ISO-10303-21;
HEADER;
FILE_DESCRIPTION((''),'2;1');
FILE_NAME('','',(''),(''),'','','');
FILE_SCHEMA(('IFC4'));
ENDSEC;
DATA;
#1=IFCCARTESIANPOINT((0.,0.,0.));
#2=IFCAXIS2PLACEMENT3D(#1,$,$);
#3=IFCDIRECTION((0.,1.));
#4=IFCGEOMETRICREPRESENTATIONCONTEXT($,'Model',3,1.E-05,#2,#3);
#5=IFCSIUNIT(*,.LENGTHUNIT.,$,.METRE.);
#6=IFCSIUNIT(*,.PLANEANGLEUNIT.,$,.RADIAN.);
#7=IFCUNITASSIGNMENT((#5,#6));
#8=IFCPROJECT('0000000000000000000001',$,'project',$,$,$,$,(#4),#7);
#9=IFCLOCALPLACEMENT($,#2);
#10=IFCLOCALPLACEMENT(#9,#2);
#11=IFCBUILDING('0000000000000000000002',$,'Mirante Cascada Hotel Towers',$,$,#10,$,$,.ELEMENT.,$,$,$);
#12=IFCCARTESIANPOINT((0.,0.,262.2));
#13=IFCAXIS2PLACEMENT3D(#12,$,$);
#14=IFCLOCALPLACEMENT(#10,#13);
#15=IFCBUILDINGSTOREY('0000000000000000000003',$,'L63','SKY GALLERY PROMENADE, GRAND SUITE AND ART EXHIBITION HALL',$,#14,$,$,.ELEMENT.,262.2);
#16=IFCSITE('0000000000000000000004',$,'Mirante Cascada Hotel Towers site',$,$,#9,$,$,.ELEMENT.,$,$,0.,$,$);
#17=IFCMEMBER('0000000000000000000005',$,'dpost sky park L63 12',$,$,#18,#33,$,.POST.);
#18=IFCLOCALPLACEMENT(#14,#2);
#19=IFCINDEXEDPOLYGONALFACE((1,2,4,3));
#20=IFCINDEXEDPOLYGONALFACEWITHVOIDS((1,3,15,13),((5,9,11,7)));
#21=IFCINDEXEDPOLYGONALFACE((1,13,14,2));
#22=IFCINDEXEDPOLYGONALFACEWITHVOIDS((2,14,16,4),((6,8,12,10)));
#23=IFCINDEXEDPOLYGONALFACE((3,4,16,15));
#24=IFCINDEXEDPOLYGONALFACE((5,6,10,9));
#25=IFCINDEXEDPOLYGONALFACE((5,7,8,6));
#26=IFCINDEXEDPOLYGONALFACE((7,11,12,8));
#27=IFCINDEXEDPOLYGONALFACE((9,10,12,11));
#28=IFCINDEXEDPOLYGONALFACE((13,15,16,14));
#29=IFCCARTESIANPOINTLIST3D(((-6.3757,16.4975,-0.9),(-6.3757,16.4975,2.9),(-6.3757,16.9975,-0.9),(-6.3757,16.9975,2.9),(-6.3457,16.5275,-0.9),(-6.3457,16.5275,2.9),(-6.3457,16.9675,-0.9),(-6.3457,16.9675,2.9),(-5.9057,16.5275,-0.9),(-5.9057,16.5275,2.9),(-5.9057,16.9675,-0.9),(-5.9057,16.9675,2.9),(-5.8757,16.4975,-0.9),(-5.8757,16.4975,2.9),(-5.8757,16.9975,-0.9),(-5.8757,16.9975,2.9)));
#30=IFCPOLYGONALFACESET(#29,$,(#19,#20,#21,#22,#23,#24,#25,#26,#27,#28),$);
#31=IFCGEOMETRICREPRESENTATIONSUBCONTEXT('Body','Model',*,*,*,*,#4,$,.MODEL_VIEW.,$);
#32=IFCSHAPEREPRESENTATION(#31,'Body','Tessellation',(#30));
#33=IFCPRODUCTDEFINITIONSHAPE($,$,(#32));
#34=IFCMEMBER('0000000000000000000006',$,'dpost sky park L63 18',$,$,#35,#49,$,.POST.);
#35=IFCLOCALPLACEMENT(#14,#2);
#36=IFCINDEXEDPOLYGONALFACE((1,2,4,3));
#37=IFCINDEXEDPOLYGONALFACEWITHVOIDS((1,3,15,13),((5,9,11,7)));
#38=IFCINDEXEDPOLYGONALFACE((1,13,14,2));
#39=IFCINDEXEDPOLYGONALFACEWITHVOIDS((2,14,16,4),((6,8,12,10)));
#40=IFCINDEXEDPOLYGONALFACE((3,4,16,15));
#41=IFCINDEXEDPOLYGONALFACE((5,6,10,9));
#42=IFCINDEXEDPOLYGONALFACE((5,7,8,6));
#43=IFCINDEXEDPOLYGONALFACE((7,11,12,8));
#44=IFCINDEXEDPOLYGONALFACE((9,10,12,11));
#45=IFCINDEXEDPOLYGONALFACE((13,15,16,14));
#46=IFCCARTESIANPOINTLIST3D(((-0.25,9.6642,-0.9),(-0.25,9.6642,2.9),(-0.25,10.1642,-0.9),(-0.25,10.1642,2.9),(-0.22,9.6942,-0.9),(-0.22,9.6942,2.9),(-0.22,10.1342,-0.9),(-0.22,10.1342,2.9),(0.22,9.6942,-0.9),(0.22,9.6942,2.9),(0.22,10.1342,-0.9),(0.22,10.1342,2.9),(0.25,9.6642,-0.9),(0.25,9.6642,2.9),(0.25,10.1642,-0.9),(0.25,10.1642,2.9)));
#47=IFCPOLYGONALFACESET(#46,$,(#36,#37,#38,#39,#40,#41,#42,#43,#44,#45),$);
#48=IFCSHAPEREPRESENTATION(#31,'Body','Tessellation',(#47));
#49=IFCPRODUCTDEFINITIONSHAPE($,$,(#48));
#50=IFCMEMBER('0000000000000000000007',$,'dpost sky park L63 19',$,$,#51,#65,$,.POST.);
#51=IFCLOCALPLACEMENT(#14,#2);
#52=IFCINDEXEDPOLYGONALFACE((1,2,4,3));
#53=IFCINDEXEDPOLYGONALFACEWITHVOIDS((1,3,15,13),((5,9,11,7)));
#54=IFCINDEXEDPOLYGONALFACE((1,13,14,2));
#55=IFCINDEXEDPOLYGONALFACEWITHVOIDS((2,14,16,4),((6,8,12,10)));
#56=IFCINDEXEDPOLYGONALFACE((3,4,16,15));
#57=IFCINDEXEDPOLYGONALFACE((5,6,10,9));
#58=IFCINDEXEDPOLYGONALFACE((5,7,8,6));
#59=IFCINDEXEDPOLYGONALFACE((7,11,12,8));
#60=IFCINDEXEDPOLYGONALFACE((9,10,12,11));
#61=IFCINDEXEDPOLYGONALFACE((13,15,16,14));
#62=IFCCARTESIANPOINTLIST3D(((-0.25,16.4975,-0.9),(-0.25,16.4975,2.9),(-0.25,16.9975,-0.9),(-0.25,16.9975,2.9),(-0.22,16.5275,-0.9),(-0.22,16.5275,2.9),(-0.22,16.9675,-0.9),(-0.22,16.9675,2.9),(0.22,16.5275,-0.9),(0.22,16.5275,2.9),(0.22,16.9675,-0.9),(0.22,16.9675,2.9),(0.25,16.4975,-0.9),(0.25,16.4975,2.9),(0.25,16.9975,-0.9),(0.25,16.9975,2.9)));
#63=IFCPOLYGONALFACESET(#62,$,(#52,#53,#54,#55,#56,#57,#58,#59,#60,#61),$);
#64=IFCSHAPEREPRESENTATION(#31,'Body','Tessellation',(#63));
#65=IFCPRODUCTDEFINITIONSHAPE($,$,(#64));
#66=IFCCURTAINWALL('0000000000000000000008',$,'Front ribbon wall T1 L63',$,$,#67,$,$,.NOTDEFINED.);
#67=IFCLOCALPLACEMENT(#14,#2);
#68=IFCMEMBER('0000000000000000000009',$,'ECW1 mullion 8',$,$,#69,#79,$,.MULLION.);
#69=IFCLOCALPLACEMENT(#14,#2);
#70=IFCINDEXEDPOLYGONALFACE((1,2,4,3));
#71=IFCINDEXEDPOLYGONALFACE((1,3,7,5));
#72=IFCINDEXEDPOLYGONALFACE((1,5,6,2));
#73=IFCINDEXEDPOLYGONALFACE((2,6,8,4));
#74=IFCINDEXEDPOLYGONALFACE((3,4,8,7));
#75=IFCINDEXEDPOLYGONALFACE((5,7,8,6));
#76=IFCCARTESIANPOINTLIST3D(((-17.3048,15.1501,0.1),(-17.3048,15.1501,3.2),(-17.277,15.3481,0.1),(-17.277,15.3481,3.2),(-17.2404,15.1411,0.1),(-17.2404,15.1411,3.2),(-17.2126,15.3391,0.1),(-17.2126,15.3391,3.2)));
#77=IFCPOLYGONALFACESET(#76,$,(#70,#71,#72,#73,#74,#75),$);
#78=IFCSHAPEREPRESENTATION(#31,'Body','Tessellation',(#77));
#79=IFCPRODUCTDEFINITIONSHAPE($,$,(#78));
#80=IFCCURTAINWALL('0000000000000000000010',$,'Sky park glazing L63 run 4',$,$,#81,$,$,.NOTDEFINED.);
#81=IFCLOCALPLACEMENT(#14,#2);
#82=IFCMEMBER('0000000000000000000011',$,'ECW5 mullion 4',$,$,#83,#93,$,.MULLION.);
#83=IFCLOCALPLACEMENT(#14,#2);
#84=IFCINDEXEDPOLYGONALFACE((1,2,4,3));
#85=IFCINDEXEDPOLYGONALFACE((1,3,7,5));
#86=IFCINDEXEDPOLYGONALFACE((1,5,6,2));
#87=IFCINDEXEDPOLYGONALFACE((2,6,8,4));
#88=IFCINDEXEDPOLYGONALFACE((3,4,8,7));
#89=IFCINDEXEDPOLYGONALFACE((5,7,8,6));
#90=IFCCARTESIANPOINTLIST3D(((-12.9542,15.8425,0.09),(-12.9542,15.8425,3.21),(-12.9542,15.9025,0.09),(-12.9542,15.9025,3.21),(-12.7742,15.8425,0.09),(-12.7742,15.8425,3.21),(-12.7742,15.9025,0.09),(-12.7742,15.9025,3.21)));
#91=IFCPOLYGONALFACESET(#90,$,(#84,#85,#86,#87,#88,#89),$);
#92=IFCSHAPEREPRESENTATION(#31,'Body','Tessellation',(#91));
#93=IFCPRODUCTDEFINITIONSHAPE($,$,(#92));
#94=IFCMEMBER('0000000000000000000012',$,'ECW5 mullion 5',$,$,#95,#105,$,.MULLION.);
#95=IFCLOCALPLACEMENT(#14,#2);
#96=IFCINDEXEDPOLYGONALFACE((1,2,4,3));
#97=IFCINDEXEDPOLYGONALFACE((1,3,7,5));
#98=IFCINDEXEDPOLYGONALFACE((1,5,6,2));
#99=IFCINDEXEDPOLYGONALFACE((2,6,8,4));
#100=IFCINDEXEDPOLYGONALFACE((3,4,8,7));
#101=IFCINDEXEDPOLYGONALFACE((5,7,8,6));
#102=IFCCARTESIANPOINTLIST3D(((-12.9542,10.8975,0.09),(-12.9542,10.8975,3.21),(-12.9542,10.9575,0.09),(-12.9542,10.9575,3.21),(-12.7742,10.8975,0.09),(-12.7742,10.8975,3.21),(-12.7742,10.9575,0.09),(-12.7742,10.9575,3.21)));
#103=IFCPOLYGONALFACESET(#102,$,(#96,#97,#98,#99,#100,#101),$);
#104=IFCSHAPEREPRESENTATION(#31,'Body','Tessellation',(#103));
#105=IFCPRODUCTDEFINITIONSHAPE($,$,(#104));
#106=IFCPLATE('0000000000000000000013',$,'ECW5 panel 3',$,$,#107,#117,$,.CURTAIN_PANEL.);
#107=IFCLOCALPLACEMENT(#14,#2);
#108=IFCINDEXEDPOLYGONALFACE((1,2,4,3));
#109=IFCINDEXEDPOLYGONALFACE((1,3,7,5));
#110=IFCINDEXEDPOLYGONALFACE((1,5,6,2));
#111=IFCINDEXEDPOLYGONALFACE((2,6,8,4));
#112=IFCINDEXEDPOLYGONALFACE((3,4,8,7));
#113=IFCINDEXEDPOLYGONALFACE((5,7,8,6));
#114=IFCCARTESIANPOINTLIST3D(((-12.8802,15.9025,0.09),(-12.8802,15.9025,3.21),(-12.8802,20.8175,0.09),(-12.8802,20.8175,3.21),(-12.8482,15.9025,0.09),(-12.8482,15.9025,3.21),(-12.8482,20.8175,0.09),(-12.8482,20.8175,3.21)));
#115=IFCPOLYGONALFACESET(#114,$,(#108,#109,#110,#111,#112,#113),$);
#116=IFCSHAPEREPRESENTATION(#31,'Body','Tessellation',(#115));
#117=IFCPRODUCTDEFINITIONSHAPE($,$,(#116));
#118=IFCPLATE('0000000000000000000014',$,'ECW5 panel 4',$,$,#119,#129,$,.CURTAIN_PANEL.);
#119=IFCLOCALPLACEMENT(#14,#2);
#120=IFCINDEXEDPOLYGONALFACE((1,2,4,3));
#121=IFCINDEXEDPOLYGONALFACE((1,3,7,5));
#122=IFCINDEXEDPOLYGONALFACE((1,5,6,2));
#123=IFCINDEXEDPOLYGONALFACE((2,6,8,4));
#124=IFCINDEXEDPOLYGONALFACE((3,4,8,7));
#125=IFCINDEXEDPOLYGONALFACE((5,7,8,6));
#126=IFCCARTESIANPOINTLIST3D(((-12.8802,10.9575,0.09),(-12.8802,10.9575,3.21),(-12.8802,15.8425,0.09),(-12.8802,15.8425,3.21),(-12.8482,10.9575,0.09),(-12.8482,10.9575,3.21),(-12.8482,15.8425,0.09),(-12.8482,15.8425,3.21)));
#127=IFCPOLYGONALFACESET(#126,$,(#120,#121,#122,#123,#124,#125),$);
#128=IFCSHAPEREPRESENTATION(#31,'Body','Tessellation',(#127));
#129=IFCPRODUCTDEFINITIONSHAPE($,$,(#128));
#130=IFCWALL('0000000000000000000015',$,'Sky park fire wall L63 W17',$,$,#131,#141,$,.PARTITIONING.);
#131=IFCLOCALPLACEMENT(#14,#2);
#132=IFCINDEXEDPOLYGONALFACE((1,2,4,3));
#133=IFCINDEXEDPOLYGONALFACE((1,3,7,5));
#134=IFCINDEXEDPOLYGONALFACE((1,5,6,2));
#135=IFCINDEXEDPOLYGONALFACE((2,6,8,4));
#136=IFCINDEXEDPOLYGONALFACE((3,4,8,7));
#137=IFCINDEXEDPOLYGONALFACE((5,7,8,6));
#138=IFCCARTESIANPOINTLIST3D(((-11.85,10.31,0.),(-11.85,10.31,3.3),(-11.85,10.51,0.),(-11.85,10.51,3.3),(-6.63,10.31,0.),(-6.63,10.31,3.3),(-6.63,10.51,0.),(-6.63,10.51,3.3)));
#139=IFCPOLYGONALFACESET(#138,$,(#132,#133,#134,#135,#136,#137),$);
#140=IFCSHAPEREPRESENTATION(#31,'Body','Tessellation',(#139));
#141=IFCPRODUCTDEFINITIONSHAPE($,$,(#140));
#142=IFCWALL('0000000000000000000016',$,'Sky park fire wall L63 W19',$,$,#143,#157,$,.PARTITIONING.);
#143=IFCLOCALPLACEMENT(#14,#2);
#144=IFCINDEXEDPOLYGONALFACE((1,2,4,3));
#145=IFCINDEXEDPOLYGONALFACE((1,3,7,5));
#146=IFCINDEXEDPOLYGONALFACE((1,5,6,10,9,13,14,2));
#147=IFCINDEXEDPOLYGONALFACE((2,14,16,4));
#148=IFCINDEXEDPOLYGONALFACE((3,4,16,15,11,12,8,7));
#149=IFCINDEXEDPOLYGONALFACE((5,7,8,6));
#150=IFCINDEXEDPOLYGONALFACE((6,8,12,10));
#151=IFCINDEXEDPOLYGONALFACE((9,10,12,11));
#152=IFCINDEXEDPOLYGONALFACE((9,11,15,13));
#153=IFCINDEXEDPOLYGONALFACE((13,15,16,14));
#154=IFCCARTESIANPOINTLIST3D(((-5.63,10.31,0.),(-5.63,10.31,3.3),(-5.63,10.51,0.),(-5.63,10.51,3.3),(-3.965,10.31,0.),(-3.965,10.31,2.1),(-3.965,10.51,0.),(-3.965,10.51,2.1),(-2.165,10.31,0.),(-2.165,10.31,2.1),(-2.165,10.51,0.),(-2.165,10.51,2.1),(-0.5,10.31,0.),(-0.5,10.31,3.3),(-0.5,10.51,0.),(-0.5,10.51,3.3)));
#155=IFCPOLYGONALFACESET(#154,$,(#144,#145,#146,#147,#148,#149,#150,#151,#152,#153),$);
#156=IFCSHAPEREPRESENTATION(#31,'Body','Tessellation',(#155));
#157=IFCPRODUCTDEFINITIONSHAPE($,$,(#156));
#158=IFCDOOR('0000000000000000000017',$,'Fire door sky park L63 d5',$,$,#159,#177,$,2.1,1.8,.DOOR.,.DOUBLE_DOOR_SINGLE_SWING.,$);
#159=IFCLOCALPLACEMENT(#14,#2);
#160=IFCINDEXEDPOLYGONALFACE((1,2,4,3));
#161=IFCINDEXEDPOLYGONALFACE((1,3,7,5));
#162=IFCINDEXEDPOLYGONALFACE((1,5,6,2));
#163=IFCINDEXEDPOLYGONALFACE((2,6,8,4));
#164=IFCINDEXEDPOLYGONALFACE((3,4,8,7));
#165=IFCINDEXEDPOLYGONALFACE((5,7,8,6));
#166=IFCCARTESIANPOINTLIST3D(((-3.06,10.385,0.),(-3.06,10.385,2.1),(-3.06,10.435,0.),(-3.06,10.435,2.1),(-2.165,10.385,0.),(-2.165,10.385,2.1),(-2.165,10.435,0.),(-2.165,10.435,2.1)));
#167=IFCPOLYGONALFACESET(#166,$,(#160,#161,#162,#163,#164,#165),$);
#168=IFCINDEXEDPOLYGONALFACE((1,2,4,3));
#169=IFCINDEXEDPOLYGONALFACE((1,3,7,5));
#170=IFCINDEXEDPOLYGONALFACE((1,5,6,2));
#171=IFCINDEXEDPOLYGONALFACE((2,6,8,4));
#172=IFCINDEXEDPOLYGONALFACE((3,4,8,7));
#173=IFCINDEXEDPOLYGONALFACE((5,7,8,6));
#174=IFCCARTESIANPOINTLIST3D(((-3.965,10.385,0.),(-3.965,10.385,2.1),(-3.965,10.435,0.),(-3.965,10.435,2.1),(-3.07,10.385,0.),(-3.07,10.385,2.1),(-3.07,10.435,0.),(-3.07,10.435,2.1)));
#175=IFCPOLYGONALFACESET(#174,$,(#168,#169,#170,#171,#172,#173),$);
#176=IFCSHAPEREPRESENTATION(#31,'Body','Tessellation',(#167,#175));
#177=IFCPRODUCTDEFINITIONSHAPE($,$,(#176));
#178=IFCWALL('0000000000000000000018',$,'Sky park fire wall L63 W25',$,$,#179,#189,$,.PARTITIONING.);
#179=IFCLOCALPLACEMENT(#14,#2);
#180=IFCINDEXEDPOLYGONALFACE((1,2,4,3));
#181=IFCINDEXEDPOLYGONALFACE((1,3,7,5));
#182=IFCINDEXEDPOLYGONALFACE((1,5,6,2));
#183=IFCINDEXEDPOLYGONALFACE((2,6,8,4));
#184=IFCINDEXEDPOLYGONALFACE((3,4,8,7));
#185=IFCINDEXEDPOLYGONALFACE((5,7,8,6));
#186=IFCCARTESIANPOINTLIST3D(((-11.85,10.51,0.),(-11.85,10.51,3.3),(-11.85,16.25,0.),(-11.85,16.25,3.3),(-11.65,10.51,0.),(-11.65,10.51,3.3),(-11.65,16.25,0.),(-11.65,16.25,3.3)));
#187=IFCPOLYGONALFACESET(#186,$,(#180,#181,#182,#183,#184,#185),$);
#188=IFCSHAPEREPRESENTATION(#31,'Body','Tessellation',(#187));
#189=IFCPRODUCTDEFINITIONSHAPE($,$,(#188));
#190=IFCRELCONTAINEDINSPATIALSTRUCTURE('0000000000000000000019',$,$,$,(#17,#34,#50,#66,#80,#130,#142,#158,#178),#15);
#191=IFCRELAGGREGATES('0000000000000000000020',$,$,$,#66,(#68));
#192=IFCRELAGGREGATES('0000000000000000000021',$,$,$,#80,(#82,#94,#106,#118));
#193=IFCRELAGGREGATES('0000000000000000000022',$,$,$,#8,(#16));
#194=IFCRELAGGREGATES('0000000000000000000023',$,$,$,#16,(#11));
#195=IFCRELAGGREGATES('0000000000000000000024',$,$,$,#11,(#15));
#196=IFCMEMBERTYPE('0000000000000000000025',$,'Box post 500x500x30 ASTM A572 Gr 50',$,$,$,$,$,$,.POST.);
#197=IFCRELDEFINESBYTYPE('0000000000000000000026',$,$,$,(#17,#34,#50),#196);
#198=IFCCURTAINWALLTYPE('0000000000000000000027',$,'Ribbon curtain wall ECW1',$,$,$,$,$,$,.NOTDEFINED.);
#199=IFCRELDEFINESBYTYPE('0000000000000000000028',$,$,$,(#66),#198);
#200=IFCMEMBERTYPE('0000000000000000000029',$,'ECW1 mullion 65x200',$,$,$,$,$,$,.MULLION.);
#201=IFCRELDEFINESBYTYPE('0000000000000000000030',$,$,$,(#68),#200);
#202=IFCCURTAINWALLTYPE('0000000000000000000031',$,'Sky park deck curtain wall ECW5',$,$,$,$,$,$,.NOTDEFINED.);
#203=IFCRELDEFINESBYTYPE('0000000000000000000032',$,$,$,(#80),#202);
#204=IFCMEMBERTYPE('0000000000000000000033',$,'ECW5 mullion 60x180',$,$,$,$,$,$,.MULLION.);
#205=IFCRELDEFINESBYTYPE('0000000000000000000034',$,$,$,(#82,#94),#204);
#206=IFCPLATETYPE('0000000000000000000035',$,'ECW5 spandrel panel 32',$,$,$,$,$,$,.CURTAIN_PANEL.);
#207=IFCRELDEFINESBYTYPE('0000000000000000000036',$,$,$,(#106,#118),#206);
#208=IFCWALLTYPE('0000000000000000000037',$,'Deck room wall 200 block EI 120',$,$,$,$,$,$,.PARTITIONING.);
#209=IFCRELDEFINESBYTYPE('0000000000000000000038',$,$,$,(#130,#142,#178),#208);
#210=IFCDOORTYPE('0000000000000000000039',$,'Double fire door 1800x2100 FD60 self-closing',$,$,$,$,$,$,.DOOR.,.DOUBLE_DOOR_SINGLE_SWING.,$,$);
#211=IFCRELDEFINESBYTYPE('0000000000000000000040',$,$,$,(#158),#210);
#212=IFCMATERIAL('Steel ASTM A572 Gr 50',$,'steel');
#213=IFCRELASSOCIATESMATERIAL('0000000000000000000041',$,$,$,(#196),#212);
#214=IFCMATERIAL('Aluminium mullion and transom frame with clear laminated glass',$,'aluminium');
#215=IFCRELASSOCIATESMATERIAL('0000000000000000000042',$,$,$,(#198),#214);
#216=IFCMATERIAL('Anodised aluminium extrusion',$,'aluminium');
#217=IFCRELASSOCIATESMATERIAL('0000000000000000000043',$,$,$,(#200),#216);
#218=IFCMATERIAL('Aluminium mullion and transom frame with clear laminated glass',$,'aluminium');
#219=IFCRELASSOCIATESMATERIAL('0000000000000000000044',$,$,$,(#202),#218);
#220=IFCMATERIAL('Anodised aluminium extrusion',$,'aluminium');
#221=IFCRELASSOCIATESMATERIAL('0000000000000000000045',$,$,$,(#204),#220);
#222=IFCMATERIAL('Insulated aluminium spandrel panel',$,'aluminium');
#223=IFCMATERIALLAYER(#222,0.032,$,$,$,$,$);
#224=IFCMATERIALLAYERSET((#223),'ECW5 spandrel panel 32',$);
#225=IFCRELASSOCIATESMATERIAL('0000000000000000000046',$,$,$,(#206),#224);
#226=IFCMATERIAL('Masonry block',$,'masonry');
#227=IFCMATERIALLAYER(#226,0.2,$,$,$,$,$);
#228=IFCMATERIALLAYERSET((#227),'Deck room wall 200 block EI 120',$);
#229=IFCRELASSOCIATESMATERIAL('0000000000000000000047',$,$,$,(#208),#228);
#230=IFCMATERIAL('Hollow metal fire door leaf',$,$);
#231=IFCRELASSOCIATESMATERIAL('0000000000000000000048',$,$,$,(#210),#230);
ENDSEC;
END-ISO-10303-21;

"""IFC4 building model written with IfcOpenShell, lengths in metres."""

from ifc_helpers import new_model, si_unit, direction, frame, frame_2d, origin, origin_2d, place, context, subcontext, project, spatial, rectangle, hollow_rectangle, extrude, material, layer, layer_set, material_profile, profile_set, type_object, element, fill, aggregate, save


model = new_model("IFC4")

# Units and contexts
model_context = context("Model", 3, precision=1e-05, world=origin(), true_north=direction((0.0, 1.0)))
body_context = subcontext(model_context, "Body", "Model", "MODEL_VIEW")
ifc_project = project(units=[si_unit("LENGTHUNIT", "METRE"), si_unit("PLANEANGLEUNIT", "RADIAN")], contexts=[model_context])

# Site, building, storey
site_placement = place(None, origin())
site = spatial("IfcSite", under=ifc_project, at=site_placement, Name="Mirante Cascada Hotel Towers site", CompositionType="ELEMENT", RefElevation=0.0)
building_placement = place(site_placement, origin())
building = spatial("IfcBuilding", under=site, at=building_placement, Name="Mirante Cascada Hotel Towers", CompositionType="ELEMENT")
storey_placement = place(building_placement, frame((0.0, 0.0, 262.2)))
storey = spatial("IfcBuildingStorey", under=building, at=storey_placement, Name="L63", Description="SKY GALLERY PROMENADE, GRAND SUITE AND ART EXHIBITION HALL", CompositionType="ELEMENT", Elevation=262.2)

# Members
ifc_material_1 = material(Name="Steel ASTM A572 Gr 50", Category="steel")
ifc_material_profile_1 = material_profile(ifc_material_1, hollow_rectangle(XDim=0.5, YDim=0.5, WallThickness=0.03, at=origin_2d()), Name="Box post 500x500x30 ASTM A572 Gr 50")
ifc_profile_set_1 = profile_set([ifc_material_profile_1], Name="Steel ASTM A572 Gr 50")
member_type_1 = type_object("IfcMemberType", Name="Box post 500x500x30 ASTM A572 Gr 50", PredefinedType="POST", material=ifc_profile_set_1)
for number, where, z_axis, x_axis, name in (
    (1, (-6.1257, 16.7475, -0.9), (0.0, 0.0, 1.0), (1.0, 0.0, 0.0), "dpost sky park L63 12"),
    (2, (0.0, 9.9142, -0.9), (0.0, 0.0, 1.0), (1.0, 0.0, 0.0), "dpost sky park L63 18"),
    (3, (0.0, 16.7475, -0.9), (0.0, 0.0, 1.0), (1.0, 0.0, 0.0), "dpost sky park L63 19"),
):
    element("IfcMember", number, at=place(storey_placement, frame(where, z_axis=z_axis, x_axis=x_axis)), inside=storey, type_object=member_type_1, Name=name, PredefinedType="POST", context=body_context, shape_type="SweptSolid", body=[
        extrude(hollow_rectangle(XDim=0.5, YDim=0.5, WallThickness=0.03, at=origin_2d()), origin(), (0.0, 0.0, 1.0), 3.8),
    ])

# Curtain wall, member
ifc_material_2 = material(Name="Aluminium mullion and transom frame with clear laminated glass", Category="aluminium")
curtain_wall_type_1 = type_object("IfcCurtainWallType", Name="Ribbon curtain wall ECW1", PredefinedType="NOTDEFINED", material=ifc_material_2)
curtain_wall_1_placement = place(storey_placement, origin())
curtain_wall_1 = element("IfcCurtainWall", 4, at=curtain_wall_1_placement, inside=storey, type_object=curtain_wall_type_1, Name="Front ribbon wall T1 L63", PredefinedType="NOTDEFINED")
ifc_material_3 = material(Name="Anodised aluminium extrusion", Category="aluminium")
ifc_material_profile_2 = material_profile(ifc_material_3, rectangle(XDim=0.2, YDim=0.065, at=origin_2d()), Name="ECW1 MULLION 65x200")
ifc_profile_set_2 = profile_set([ifc_material_profile_2], Name="Anodised aluminium extrusion")
member_type_2 = type_object("IfcMemberType", Name="ECW1 mullion 65x200", PredefinedType="MULLION", material=ifc_profile_set_2)
member_1_placement = place(storey_placement, frame((-17.2587, 15.2446, 0.1), z_axis=(0.0, 0.0, 1.0), x_axis=(0.139173, 0.990268, 0.0)))
member_1 = element("IfcMember", 5, at=member_1_placement, type_object=member_type_2, Name="ECW1 mullion 8", PredefinedType="MULLION", context=body_context, shape_type="SweptSolid", body=[
    extrude(rectangle(XDim=0.2, YDim=0.065, at=origin_2d()), origin(), (0.0, 0.0, 1.0), 3.1),
])
aggregate(curtain_wall_1, [member_1])

# Curtain wall, members, plates
ifc_material_4 = material(Name="Aluminium mullion and transom frame with clear laminated glass", Category="aluminium")
curtain_wall_type_2 = type_object("IfcCurtainWallType", Name="Sky park deck curtain wall ECW5", PredefinedType="NOTDEFINED", material=ifc_material_4)
curtain_wall_2_placement = place(storey_placement, origin())
curtain_wall_2 = element("IfcCurtainWall", 6, at=curtain_wall_2_placement, inside=storey, type_object=curtain_wall_type_2, Name="Sky park glazing L63 run 4", PredefinedType="NOTDEFINED")
ifc_material_5 = material(Name="Anodised aluminium extrusion", Category="aluminium")
ifc_material_profile_3 = material_profile(ifc_material_5, rectangle(XDim=0.18, YDim=0.06, at=origin_2d()), Name="ECW5 MULLION 60x180")
ifc_profile_set_3 = profile_set([ifc_material_profile_3], Name="Anodised aluminium extrusion")
member_type_3 = type_object("IfcMemberType", Name="ECW5 mullion 60x180", PredefinedType="MULLION", material=ifc_profile_set_3)
member_2_placement = place(storey_placement, frame((-12.8642, 15.8725, 0.09), z_axis=(0.0, 0.0, 1.0), x_axis=(1.0, 0.0, 0.0)))
member_2 = element("IfcMember", 7, at=member_2_placement, type_object=member_type_3, Name="ECW5 mullion 4", PredefinedType="MULLION", context=body_context, shape_type="SweptSolid", body=[
    extrude(rectangle(XDim=0.18, YDim=0.06, at=origin_2d()), origin(), (0.0, 0.0, 1.0), 3.12),
])
member_3_placement = place(storey_placement, frame((-12.8642, 10.9275, 0.09), z_axis=(0.0, 0.0, 1.0), x_axis=(1.0, 0.0, 0.0)))
member_3 = element("IfcMember", 8, at=member_3_placement, type_object=member_type_3, Name="ECW5 mullion 5", PredefinedType="MULLION", context=body_context, shape_type="SweptSolid", body=[
    extrude(rectangle(XDim=0.18, YDim=0.06, at=origin_2d()), origin(), (0.0, 0.0, 1.0), 3.12),
])
ifc_material_6 = material(Name="Insulated aluminium spandrel panel", Category="aluminium")
ifc_layer_1 = layer(ifc_material_6, 0.032)
ifc_layer_set_1 = layer_set([ifc_layer_1], Name="ECW5 spandrel panel 32")
plate_type = type_object("IfcPlateType", Name="ECW5 spandrel panel 32", PredefinedType="CURTAIN_PANEL", material=ifc_layer_set_1)
plate_1_placement = place(storey_placement, frame((-12.8642, 18.36, 0.09), z_axis=(0.0, 0.0, 1.0), x_axis=(0.0, -1.0, 0.0)))
plate_1 = element("IfcPlate", 9, at=plate_1_placement, type_object=plate_type, Name="ECW5 panel 3", PredefinedType="CURTAIN_PANEL", context=body_context, shape_type="SweptSolid", body=[
    extrude(rectangle(XDim=4.915, YDim=0.032, at=origin_2d()), origin(), (0.0, 0.0, 1.0), 3.12),
])
plate_2_placement = place(storey_placement, frame((-12.8642, 13.4, 0.09), z_axis=(0.0, 0.0, 1.0), x_axis=(0.0, -1.0, 0.0)))
plate_2 = element("IfcPlate", 10, at=plate_2_placement, type_object=plate_type, Name="ECW5 panel 4", PredefinedType="CURTAIN_PANEL", context=body_context, shape_type="SweptSolid", body=[
    extrude(rectangle(XDim=4.885, YDim=0.032, at=origin_2d()), origin(), (0.0, 0.0, 1.0), 3.12),
])
aggregate(curtain_wall_2, [member_2, member_3, plate_1, plate_2])

# Wall
ifc_material_7 = material(Name="Masonry block", Category="masonry")
ifc_layer_2 = layer(ifc_material_7, 0.2)
ifc_layer_set_2 = layer_set([ifc_layer_2], Name="Deck room wall 200 block EI 120")
wall_type_1 = type_object("IfcWallType", Name="Deck room wall 200 block EI 120", PredefinedType="PARTITIONING", material=ifc_layer_set_2)
wall_1_placement = place(storey_placement, frame((-11.85, 10.41, 0.0), z_axis=(0.0, 0.0, 1.0), x_axis=(1.0, 0.0, 0.0)))
element("IfcWall", 11, at=wall_1_placement, inside=storey, type_object=wall_type_1, Name="Sky park fire wall L63 W17", PredefinedType="PARTITIONING", context=body_context, shape_type="SweptSolid", body=[
    extrude(rectangle(XDim=5.22, YDim=0.2, at=frame_2d((2.61, 0.0))), origin(), (0.0, 0.0, 1.0), 3.3),
])

# Wall, opening, door
wall_2_placement = place(storey_placement, frame((-5.63, 10.41, 0.0), z_axis=(0.0, 0.0, 1.0), x_axis=(1.0, 0.0, 0.0)))
wall_2 = element("IfcWall", 12, at=wall_2_placement, inside=storey, type_object=wall_type_1, Name="Sky park fire wall L63 W19", PredefinedType="PARTITIONING", context=body_context, shape_type="SweptSolid", body=[
    extrude(rectangle(XDim=5.13, YDim=0.2, at=frame_2d((2.565, 0.0))), origin(), (0.0, 0.0, 1.0), 3.3),
])
opening_1_placement = place(wall_2_placement, frame((1.665, 0.0, 0.0)))
opening_1 = element("IfcOpeningElement", 13, at=opening_1_placement, cuts=wall_2, PredefinedType="OPENING", context=body_context, shape_type="SweptSolid", body=[
    extrude(rectangle(XDim=1.8, YDim=2.1, at=frame_2d((0.9, 1.05))), frame((0.0, 0.1, 0.0), z_axis=(0.0, -1.0, 0.0), x_axis=(1.0, 0.0, 0.0)), (0.0, 0.0, 1.0), 0.2),
])
ifc_material_8 = material(Name="Hollow metal fire door leaf")
door_type_1 = type_object("IfcDoorType", Name="Double fire door 1800x2100 FD60 self-closing", OperationType="DOUBLE_DOOR_SINGLE_SWING", PredefinedType="DOOR", material=ifc_material_8)
door_1_placement = place(opening_1_placement, frame((1.8, 0.0, 0.0), z_axis=(0.0, 0.0, 1.0), x_axis=(-1.0, 0.0, 0.0)))
door_1 = element("IfcDoor", 14, at=door_1_placement, inside=storey, type_object=door_type_1, Name="Fire door sky park L63 d5", OperationType="DOUBLE_DOOR_SINGLE_SWING", OverallHeight=2.1, OverallWidth=1.8, PredefinedType="DOOR", context=body_context, shape_type="SweptSolid", body=[
    extrude(rectangle(XDim=0.895, YDim=2.1, at=frame_2d((0.4475, 1.05))), frame((0.0, 0.025, 0.0), z_axis=(0.0, -1.0, 0.0), x_axis=(1.0, 0.0, 0.0)), (0.0, 0.0, 1.0), 0.05),
    extrude(rectangle(XDim=0.895, YDim=2.1, at=frame_2d((1.3525, 1.05))), frame((0.0, 0.025, 0.0), z_axis=(0.0, -1.0, 0.0), x_axis=(1.0, 0.0, 0.0)), (0.0, 0.0, 1.0), 0.05),
])
fill(opening_1, door_1)

# Wall
wall_3_placement = place(storey_placement, frame((-11.75, 10.51, 0.0), z_axis=(0.0, 0.0, 1.0), x_axis=(0.0, 1.0, 0.0)))
element("IfcWall", 15, at=wall_3_placement, inside=storey, type_object=wall_type_1, Name="Sky park fire wall L63 W25", PredefinedType="PARTITIONING", context=body_context, shape_type="SweptSolid", body=[
    extrude(rectangle(XDim=5.74, YDim=0.2, at=frame_2d((2.87, 0.0))), origin(), (0.0, 0.0, 1.0), 3.3),
])

save(model, "model.ifc")
